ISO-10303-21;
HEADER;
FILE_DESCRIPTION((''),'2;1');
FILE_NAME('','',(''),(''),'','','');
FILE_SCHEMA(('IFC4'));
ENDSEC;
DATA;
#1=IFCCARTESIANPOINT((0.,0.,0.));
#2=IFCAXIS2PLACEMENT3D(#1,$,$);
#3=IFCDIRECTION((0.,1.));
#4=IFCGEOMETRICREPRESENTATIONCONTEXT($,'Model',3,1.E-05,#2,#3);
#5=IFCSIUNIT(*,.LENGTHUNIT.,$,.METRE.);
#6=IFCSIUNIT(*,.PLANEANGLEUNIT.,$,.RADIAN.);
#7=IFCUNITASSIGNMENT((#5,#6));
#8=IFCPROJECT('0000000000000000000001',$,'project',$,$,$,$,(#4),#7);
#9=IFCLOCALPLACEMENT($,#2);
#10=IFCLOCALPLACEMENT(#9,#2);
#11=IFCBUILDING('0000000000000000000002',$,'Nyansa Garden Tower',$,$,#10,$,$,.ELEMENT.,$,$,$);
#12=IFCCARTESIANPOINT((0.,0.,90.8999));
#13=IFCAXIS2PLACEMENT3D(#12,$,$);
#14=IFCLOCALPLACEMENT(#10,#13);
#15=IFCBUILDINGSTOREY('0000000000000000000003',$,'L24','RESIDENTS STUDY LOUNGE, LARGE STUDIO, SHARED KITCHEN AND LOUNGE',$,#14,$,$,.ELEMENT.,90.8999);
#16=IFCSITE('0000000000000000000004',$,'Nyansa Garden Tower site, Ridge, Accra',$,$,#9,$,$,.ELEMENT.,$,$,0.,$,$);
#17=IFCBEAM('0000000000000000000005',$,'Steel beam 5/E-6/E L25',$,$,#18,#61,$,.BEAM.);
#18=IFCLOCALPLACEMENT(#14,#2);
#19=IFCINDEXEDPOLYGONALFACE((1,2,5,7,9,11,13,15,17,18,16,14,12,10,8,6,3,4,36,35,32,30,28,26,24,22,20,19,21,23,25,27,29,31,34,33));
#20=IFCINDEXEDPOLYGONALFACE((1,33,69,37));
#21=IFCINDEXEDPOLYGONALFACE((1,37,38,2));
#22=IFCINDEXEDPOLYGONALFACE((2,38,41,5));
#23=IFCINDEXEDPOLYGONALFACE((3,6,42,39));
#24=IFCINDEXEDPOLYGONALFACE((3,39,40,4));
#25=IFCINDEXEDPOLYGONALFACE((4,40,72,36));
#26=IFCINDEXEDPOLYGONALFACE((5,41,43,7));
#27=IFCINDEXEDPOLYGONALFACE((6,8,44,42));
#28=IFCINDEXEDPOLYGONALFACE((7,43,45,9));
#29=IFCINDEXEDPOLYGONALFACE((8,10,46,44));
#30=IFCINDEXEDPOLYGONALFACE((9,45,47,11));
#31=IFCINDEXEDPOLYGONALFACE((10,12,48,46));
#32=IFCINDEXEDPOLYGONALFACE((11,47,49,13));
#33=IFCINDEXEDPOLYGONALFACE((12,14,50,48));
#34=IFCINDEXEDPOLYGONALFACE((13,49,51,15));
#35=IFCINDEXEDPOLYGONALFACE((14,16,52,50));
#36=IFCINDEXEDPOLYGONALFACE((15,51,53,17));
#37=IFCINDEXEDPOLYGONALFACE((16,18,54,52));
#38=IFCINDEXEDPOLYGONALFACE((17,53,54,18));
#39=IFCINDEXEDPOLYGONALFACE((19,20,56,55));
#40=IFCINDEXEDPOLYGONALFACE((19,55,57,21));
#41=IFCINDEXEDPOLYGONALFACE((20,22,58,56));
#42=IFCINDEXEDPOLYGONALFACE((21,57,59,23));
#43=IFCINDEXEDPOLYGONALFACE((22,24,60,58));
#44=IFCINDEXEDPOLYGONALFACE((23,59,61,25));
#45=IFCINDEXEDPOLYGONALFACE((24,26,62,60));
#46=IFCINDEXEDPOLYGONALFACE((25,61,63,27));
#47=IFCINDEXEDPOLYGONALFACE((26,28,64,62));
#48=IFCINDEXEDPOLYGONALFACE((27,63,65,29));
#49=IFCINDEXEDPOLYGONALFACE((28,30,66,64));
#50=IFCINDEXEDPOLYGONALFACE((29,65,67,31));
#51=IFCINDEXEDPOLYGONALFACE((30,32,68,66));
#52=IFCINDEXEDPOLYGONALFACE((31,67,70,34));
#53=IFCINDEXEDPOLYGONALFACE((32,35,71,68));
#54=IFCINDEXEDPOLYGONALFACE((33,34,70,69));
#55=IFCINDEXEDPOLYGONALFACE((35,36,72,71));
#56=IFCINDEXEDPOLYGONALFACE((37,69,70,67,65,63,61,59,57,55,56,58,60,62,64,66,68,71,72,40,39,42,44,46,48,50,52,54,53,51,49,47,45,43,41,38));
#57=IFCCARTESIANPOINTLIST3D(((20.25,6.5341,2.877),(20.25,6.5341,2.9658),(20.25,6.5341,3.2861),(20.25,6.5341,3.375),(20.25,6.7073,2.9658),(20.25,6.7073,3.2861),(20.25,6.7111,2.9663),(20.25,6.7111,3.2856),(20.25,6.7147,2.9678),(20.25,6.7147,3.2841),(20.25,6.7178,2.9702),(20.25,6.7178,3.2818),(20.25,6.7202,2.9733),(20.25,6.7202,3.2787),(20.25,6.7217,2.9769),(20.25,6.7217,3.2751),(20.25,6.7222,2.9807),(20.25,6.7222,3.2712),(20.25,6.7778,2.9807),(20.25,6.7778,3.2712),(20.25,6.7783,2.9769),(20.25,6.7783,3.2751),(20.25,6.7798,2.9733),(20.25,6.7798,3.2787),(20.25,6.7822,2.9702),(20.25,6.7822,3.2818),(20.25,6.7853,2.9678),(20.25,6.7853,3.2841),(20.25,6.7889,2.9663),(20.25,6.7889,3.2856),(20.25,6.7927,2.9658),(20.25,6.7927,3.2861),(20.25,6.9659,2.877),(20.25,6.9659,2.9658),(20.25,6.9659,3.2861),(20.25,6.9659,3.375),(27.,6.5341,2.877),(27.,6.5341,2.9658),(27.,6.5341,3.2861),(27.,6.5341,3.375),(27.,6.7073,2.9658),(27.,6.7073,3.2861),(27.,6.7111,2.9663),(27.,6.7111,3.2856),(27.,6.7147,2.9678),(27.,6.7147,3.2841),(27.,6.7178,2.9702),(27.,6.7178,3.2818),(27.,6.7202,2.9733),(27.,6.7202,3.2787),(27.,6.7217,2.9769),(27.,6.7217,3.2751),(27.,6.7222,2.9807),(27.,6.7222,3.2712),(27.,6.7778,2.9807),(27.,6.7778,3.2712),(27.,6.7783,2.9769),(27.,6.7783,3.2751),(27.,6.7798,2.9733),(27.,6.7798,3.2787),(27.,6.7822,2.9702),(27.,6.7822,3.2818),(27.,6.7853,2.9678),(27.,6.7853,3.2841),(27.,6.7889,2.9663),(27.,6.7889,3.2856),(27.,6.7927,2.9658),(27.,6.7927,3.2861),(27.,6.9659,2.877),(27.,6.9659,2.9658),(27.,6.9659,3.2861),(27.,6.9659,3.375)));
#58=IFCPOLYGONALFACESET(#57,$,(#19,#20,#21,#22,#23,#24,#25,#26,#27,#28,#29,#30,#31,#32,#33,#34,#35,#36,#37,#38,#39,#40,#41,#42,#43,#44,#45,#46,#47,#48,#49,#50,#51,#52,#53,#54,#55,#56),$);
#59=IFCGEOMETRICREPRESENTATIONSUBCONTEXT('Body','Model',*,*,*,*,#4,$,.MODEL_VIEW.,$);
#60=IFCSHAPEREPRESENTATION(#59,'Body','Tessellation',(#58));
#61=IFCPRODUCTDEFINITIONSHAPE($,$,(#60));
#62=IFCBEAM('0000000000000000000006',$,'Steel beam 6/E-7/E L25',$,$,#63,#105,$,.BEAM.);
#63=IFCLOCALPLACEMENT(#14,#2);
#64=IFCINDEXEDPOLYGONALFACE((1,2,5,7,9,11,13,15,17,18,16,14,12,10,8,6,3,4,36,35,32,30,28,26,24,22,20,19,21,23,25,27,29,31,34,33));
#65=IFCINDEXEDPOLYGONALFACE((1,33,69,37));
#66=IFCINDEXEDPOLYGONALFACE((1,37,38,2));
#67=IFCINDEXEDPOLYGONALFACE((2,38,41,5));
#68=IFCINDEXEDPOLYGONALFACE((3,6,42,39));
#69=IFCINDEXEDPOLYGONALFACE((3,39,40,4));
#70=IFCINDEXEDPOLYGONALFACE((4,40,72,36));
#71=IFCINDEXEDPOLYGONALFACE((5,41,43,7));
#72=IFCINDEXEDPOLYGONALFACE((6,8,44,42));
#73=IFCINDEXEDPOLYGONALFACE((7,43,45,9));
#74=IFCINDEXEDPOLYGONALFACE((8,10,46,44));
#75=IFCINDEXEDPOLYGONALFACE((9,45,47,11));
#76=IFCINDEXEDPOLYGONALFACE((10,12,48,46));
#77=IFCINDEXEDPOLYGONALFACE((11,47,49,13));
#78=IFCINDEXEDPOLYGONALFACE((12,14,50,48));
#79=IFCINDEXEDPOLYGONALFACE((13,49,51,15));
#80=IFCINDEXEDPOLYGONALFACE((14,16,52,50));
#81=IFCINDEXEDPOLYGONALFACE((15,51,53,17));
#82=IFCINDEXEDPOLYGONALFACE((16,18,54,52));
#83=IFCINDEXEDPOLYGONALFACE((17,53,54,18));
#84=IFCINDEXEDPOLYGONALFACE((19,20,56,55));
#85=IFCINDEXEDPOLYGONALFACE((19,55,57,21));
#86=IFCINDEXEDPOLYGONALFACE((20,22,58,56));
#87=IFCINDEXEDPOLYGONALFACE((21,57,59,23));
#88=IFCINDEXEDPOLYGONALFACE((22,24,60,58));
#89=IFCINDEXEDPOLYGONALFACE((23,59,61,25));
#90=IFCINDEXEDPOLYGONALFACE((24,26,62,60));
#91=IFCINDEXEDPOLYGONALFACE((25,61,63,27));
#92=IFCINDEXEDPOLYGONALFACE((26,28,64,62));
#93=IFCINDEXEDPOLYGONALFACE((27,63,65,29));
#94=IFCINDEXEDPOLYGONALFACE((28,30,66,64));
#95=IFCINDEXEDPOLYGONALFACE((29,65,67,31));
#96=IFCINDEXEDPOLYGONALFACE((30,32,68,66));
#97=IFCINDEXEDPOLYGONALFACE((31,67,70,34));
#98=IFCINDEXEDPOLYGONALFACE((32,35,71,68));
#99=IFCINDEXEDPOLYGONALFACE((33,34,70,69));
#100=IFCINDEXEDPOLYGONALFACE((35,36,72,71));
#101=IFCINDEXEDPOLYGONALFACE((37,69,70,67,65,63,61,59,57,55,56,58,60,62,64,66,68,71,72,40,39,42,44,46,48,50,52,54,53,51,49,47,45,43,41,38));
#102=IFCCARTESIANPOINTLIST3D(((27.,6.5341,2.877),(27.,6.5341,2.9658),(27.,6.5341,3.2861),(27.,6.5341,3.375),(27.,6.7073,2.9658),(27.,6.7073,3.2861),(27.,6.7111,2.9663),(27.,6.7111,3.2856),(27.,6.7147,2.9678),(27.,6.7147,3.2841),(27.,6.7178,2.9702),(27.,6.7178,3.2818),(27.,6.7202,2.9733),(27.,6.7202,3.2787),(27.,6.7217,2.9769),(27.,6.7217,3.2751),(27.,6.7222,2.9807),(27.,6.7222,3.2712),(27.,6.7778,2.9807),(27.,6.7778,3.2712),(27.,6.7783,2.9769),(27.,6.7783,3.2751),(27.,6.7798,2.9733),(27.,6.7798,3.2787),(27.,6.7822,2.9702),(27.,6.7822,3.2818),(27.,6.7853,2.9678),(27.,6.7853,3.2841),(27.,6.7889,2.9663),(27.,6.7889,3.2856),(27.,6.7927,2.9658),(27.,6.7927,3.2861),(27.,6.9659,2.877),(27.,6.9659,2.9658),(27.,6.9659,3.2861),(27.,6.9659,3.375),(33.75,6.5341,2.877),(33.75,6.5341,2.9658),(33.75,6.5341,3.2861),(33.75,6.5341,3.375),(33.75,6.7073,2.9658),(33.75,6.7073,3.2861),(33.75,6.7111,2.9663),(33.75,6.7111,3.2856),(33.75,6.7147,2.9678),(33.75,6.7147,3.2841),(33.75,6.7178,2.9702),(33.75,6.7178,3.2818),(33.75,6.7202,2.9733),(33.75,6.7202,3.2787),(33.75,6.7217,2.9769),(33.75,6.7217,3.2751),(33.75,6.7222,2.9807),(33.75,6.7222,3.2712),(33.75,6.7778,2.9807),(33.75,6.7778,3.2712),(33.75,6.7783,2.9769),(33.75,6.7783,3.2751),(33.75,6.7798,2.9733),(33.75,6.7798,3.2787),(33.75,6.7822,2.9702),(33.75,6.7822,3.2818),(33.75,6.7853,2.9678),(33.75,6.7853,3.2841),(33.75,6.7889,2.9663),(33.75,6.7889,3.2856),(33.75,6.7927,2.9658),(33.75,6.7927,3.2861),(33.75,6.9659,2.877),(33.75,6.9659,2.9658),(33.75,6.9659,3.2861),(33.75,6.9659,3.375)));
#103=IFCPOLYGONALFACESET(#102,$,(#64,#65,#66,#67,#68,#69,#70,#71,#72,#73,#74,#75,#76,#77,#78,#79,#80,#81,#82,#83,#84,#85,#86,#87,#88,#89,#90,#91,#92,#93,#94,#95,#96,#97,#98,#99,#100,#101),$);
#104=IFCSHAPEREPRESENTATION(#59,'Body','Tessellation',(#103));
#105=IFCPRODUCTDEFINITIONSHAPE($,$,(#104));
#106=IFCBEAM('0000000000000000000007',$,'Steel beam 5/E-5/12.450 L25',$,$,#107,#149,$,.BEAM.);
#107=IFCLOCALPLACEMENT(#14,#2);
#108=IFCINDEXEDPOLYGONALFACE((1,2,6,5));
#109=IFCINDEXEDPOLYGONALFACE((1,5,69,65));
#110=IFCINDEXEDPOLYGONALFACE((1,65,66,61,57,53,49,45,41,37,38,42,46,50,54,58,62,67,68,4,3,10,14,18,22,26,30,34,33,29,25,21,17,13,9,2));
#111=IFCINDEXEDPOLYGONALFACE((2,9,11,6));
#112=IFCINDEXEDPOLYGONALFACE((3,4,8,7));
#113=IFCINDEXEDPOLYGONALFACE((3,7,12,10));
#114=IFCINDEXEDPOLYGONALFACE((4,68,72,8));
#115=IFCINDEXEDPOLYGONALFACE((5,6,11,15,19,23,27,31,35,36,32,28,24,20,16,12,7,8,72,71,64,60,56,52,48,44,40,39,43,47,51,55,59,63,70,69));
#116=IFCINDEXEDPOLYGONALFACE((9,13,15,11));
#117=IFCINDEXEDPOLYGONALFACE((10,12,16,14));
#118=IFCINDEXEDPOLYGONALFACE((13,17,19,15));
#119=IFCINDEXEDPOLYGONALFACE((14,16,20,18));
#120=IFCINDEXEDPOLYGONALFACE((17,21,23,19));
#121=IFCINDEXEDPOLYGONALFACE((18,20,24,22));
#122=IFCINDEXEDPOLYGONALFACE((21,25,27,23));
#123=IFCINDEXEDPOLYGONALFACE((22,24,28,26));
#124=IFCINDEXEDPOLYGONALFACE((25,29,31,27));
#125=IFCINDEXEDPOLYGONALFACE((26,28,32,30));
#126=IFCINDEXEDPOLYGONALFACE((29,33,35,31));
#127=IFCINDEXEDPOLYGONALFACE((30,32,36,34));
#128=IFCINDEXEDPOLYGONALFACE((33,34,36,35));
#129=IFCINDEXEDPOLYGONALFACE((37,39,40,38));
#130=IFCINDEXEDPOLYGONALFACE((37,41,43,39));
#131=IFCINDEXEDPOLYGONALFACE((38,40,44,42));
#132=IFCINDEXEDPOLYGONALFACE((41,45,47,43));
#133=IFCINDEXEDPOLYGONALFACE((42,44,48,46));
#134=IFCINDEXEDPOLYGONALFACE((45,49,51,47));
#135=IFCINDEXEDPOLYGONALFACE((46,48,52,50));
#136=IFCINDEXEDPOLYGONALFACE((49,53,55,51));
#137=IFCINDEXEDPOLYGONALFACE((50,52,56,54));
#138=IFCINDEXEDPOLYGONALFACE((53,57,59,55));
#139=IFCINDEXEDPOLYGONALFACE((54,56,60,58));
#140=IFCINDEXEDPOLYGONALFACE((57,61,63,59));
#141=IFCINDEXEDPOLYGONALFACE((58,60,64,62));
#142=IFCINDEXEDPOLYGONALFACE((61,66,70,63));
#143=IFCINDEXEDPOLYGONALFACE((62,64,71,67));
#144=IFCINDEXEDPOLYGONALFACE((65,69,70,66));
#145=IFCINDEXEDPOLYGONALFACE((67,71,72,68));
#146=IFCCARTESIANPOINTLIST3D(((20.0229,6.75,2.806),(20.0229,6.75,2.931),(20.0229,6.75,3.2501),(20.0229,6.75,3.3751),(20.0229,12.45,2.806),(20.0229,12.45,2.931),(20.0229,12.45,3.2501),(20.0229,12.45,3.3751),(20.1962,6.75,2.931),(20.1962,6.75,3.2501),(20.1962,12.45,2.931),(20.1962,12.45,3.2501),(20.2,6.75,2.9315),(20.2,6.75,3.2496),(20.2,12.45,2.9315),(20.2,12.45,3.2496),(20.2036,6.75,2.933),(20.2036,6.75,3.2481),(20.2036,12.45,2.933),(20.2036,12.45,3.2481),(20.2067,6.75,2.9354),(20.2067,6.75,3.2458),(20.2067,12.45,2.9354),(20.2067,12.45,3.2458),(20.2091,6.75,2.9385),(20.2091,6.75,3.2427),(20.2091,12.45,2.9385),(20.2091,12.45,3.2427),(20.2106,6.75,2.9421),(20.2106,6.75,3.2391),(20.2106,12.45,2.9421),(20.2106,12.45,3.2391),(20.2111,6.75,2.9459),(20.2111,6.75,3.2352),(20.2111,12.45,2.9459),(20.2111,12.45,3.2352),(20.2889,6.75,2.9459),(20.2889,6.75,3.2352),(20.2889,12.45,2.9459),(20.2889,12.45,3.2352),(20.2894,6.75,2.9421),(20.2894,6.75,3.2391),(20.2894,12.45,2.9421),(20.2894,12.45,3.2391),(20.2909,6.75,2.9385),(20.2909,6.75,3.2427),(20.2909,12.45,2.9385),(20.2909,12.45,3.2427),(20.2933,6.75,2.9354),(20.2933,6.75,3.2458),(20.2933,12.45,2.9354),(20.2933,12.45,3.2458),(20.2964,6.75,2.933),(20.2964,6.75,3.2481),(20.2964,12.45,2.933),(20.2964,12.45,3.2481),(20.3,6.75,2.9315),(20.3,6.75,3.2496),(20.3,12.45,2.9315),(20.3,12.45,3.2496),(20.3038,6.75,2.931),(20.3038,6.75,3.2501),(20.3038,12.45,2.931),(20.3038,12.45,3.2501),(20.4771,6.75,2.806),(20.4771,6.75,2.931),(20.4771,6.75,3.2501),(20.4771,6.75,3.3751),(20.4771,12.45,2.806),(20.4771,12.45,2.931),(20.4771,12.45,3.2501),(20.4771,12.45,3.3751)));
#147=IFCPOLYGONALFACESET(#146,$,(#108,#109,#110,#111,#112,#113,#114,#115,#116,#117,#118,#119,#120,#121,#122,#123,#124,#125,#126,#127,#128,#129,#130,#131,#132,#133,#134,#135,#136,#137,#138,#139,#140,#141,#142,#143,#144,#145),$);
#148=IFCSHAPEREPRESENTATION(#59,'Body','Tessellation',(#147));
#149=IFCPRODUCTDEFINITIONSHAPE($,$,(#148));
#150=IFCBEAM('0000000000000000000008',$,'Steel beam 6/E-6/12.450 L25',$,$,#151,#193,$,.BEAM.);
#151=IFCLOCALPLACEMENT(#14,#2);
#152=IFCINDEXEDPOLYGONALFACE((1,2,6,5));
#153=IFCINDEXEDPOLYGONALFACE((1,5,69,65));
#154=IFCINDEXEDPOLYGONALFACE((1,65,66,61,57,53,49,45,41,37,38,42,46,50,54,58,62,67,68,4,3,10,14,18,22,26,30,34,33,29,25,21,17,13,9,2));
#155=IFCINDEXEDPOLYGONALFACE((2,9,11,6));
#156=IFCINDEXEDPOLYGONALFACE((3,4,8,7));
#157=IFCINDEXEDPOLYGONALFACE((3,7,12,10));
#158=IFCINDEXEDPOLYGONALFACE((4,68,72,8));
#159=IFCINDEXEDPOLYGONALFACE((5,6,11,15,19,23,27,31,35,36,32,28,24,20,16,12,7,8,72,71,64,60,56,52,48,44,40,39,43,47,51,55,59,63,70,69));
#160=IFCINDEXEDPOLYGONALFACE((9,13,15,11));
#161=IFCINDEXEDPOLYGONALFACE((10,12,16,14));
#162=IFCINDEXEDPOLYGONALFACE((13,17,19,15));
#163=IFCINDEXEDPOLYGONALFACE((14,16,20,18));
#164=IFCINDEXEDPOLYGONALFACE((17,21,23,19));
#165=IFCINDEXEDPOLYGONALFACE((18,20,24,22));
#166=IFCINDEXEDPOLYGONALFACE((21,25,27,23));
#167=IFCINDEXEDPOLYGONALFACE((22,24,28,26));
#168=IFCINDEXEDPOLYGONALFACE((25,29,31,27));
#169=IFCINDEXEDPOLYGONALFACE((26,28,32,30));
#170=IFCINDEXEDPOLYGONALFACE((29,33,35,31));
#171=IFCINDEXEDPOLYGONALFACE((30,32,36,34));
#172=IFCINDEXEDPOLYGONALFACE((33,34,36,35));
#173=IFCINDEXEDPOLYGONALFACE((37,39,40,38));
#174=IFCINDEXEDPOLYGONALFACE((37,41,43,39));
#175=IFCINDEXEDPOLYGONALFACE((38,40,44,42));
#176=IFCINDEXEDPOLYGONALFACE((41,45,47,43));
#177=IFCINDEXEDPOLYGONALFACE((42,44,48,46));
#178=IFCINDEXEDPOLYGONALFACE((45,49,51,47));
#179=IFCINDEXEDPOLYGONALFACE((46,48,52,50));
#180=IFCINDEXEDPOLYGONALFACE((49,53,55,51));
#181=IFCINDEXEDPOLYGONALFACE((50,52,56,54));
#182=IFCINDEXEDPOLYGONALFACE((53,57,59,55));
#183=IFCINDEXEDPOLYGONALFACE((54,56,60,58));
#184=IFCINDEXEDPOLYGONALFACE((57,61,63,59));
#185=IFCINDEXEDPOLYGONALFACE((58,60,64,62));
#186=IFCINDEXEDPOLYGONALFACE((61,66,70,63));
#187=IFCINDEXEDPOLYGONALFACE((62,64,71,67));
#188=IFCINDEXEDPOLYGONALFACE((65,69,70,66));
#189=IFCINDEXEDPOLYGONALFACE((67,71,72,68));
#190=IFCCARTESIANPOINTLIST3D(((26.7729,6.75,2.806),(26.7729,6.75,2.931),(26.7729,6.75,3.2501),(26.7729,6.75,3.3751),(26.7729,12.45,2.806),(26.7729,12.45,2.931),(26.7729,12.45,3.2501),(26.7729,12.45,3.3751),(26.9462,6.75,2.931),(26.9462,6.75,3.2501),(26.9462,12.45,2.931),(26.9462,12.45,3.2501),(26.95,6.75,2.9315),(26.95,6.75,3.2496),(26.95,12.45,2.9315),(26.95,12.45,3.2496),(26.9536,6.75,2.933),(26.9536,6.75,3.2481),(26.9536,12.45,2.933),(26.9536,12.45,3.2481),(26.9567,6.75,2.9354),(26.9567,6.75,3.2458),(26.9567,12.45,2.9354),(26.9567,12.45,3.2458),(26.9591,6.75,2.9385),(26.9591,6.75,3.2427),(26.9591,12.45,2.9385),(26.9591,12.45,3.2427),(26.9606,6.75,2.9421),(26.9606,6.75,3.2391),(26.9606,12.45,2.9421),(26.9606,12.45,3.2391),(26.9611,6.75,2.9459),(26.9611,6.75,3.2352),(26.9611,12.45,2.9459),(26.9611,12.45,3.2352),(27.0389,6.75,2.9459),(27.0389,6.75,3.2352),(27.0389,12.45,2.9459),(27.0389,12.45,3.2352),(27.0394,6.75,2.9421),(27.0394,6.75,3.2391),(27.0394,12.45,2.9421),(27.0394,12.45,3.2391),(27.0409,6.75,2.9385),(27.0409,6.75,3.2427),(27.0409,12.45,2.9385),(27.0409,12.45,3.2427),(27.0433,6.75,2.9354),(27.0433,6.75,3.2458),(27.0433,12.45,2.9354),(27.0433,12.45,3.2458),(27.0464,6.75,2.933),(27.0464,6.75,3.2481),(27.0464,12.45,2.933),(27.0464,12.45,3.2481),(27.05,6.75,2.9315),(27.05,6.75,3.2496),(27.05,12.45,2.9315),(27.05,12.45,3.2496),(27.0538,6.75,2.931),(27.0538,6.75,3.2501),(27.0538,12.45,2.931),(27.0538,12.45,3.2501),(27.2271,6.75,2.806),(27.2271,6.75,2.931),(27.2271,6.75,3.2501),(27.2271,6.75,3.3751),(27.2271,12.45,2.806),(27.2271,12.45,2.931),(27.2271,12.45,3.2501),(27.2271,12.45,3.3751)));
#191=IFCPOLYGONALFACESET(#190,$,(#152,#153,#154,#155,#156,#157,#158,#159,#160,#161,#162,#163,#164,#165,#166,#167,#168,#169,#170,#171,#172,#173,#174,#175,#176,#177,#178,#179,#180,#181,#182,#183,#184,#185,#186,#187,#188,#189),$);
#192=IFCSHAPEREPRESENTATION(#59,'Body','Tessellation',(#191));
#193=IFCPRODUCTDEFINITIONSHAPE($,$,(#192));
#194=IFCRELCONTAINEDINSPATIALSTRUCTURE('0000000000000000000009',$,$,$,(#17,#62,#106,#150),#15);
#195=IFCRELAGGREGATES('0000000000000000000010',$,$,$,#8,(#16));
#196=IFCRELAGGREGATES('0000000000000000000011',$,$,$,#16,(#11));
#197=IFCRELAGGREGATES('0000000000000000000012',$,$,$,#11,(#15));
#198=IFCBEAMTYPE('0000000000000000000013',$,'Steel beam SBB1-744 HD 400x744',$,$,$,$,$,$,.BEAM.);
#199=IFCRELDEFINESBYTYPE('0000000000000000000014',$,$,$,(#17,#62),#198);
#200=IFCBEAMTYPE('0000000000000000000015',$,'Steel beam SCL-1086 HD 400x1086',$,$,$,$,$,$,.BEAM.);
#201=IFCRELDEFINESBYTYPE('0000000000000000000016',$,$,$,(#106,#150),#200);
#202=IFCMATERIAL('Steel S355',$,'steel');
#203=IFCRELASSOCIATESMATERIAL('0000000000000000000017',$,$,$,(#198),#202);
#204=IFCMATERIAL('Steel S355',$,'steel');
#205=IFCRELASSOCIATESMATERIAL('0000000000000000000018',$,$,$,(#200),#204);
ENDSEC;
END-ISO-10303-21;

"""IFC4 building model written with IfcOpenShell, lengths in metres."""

from ifc_helpers import new_model, si_unit, direction, frame, origin, origin_2d, place, context, subcontext, project, spatial, i_section, extrude, material, material_profile, profile_set, type_object, element, save


model = new_model("IFC4")

# Units and contexts
model_context = context("Model", 3, precision=1e-05, world=origin(), true_north=direction((0.0, 1.0)))
body_context = subcontext(model_context, "Body", "Model", "MODEL_VIEW")
ifc_project = project(units=[si_unit("LENGTHUNIT", "METRE"), si_unit("PLANEANGLEUNIT", "RADIAN")], contexts=[model_context])

# Site, building, storey
site_placement = place(None, origin())
site = spatial("IfcSite", under=ifc_project, at=site_placement, Name="Nyansa Garden Tower site, Ridge, Accra", CompositionType="ELEMENT", RefElevation=0.0)
building_placement = place(site_placement, origin())
building = spatial("IfcBuilding", under=site, at=building_placement, Name="Nyansa Garden Tower", CompositionType="ELEMENT")
storey_placement = place(building_placement, frame((0.0, 0.0, 90.8999)))
storey = spatial("IfcBuildingStorey", under=building, at=storey_placement, Name="L24", Description="RESIDENTS STUDY LOUNGE, LARGE STUDIO, SHARED KITCHEN AND LOUNGE", CompositionType="ELEMENT", Elevation=90.8999)

# Beams
ifc_material_1 = material(Name="Steel S355", Category="steel")
ifc_material_profile_1 = material_profile(ifc_material_1, i_section(OverallWidth=0.4319, OverallDepth=0.498, WebThickness=0.0557, FlangeThickness=0.0889, FilletRadius=0.0149, at=origin_2d()), Name="HD 400x744")
ifc_profile_set_1 = profile_set([ifc_material_profile_1], Name="Steel S355")
beam_type_1 = type_object("IfcBeamType", Name="Steel beam SBB1-744 HD 400x744", PredefinedType="BEAM", material=ifc_profile_set_1)
for number, where, z_axis, x_axis, name in (
    (1, (20.25, 6.75, 3.126), (1.0, 0.0, 0.0), (0.0, 1.0, 0.0), "Steel beam 5/E-6/E L25"),
    (2, (27.0, 6.75, 3.126), (1.0, 0.0, 0.0), (0.0, 1.0, 0.0), "Steel beam 6/E-7/E L25"),
):
    element("IfcBeam", number, at=place(storey_placement, frame(where, z_axis=z_axis, x_axis=x_axis)), inside=storey, type_object=beam_type_1, Name=name, PredefinedType="BEAM", context=body_context, shape_type="SweptSolid", body=[
        extrude(i_section(OverallWidth=0.4319, OverallDepth=0.498, WebThickness=0.0557, FlangeThickness=0.0889, FilletRadius=0.0149, at=origin_2d()), origin(), (0.0, 0.0, 1.0), 6.75),
    ])
ifc_material_2 = material(Name="Steel S355", Category="steel")
ifc_material_profile_2 = material_profile(ifc_material_2, i_section(OverallWidth=0.4541, OverallDepth=0.5691, WebThickness=0.0779, FlangeThickness=0.125, FilletRadius=0.0149, at=origin_2d()), Name="HD 400x1086")
ifc_profile_set_2 = profile_set([ifc_material_profile_2], Name="Steel S355")
beam_type_2 = type_object("IfcBeamType", Name="Steel beam SCL-1086 HD 400x1086", PredefinedType="BEAM", material=ifc_profile_set_2)
for number, where, z_axis, x_axis, name in (
    (3, (20.25, 6.75, 3.0906), (0.0, 1.0, 0.0), (-1.0, 0.0, 0.0), "Steel beam 5/E-5/12.450 L25"),
    (4, (27.0, 6.75, 3.0906), (0.0, 1.0, 0.0), (-1.0, 0.0, 0.0), "Steel beam 6/E-6/12.450 L25"),
):
    element("IfcBeam", number, at=place(storey_placement, frame(where, z_axis=z_axis, x_axis=x_axis)), inside=storey, type_object=beam_type_2, Name=name, PredefinedType="BEAM", context=body_context, shape_type="SweptSolid", body=[
        extrude(i_section(OverallWidth=0.4541, OverallDepth=0.5691, WebThickness=0.0779, FlangeThickness=0.125, FilletRadius=0.0149, at=origin_2d()), origin(), (0.0, 0.0, 1.0), 5.7),
    ])

save(model, "model.ifc")
